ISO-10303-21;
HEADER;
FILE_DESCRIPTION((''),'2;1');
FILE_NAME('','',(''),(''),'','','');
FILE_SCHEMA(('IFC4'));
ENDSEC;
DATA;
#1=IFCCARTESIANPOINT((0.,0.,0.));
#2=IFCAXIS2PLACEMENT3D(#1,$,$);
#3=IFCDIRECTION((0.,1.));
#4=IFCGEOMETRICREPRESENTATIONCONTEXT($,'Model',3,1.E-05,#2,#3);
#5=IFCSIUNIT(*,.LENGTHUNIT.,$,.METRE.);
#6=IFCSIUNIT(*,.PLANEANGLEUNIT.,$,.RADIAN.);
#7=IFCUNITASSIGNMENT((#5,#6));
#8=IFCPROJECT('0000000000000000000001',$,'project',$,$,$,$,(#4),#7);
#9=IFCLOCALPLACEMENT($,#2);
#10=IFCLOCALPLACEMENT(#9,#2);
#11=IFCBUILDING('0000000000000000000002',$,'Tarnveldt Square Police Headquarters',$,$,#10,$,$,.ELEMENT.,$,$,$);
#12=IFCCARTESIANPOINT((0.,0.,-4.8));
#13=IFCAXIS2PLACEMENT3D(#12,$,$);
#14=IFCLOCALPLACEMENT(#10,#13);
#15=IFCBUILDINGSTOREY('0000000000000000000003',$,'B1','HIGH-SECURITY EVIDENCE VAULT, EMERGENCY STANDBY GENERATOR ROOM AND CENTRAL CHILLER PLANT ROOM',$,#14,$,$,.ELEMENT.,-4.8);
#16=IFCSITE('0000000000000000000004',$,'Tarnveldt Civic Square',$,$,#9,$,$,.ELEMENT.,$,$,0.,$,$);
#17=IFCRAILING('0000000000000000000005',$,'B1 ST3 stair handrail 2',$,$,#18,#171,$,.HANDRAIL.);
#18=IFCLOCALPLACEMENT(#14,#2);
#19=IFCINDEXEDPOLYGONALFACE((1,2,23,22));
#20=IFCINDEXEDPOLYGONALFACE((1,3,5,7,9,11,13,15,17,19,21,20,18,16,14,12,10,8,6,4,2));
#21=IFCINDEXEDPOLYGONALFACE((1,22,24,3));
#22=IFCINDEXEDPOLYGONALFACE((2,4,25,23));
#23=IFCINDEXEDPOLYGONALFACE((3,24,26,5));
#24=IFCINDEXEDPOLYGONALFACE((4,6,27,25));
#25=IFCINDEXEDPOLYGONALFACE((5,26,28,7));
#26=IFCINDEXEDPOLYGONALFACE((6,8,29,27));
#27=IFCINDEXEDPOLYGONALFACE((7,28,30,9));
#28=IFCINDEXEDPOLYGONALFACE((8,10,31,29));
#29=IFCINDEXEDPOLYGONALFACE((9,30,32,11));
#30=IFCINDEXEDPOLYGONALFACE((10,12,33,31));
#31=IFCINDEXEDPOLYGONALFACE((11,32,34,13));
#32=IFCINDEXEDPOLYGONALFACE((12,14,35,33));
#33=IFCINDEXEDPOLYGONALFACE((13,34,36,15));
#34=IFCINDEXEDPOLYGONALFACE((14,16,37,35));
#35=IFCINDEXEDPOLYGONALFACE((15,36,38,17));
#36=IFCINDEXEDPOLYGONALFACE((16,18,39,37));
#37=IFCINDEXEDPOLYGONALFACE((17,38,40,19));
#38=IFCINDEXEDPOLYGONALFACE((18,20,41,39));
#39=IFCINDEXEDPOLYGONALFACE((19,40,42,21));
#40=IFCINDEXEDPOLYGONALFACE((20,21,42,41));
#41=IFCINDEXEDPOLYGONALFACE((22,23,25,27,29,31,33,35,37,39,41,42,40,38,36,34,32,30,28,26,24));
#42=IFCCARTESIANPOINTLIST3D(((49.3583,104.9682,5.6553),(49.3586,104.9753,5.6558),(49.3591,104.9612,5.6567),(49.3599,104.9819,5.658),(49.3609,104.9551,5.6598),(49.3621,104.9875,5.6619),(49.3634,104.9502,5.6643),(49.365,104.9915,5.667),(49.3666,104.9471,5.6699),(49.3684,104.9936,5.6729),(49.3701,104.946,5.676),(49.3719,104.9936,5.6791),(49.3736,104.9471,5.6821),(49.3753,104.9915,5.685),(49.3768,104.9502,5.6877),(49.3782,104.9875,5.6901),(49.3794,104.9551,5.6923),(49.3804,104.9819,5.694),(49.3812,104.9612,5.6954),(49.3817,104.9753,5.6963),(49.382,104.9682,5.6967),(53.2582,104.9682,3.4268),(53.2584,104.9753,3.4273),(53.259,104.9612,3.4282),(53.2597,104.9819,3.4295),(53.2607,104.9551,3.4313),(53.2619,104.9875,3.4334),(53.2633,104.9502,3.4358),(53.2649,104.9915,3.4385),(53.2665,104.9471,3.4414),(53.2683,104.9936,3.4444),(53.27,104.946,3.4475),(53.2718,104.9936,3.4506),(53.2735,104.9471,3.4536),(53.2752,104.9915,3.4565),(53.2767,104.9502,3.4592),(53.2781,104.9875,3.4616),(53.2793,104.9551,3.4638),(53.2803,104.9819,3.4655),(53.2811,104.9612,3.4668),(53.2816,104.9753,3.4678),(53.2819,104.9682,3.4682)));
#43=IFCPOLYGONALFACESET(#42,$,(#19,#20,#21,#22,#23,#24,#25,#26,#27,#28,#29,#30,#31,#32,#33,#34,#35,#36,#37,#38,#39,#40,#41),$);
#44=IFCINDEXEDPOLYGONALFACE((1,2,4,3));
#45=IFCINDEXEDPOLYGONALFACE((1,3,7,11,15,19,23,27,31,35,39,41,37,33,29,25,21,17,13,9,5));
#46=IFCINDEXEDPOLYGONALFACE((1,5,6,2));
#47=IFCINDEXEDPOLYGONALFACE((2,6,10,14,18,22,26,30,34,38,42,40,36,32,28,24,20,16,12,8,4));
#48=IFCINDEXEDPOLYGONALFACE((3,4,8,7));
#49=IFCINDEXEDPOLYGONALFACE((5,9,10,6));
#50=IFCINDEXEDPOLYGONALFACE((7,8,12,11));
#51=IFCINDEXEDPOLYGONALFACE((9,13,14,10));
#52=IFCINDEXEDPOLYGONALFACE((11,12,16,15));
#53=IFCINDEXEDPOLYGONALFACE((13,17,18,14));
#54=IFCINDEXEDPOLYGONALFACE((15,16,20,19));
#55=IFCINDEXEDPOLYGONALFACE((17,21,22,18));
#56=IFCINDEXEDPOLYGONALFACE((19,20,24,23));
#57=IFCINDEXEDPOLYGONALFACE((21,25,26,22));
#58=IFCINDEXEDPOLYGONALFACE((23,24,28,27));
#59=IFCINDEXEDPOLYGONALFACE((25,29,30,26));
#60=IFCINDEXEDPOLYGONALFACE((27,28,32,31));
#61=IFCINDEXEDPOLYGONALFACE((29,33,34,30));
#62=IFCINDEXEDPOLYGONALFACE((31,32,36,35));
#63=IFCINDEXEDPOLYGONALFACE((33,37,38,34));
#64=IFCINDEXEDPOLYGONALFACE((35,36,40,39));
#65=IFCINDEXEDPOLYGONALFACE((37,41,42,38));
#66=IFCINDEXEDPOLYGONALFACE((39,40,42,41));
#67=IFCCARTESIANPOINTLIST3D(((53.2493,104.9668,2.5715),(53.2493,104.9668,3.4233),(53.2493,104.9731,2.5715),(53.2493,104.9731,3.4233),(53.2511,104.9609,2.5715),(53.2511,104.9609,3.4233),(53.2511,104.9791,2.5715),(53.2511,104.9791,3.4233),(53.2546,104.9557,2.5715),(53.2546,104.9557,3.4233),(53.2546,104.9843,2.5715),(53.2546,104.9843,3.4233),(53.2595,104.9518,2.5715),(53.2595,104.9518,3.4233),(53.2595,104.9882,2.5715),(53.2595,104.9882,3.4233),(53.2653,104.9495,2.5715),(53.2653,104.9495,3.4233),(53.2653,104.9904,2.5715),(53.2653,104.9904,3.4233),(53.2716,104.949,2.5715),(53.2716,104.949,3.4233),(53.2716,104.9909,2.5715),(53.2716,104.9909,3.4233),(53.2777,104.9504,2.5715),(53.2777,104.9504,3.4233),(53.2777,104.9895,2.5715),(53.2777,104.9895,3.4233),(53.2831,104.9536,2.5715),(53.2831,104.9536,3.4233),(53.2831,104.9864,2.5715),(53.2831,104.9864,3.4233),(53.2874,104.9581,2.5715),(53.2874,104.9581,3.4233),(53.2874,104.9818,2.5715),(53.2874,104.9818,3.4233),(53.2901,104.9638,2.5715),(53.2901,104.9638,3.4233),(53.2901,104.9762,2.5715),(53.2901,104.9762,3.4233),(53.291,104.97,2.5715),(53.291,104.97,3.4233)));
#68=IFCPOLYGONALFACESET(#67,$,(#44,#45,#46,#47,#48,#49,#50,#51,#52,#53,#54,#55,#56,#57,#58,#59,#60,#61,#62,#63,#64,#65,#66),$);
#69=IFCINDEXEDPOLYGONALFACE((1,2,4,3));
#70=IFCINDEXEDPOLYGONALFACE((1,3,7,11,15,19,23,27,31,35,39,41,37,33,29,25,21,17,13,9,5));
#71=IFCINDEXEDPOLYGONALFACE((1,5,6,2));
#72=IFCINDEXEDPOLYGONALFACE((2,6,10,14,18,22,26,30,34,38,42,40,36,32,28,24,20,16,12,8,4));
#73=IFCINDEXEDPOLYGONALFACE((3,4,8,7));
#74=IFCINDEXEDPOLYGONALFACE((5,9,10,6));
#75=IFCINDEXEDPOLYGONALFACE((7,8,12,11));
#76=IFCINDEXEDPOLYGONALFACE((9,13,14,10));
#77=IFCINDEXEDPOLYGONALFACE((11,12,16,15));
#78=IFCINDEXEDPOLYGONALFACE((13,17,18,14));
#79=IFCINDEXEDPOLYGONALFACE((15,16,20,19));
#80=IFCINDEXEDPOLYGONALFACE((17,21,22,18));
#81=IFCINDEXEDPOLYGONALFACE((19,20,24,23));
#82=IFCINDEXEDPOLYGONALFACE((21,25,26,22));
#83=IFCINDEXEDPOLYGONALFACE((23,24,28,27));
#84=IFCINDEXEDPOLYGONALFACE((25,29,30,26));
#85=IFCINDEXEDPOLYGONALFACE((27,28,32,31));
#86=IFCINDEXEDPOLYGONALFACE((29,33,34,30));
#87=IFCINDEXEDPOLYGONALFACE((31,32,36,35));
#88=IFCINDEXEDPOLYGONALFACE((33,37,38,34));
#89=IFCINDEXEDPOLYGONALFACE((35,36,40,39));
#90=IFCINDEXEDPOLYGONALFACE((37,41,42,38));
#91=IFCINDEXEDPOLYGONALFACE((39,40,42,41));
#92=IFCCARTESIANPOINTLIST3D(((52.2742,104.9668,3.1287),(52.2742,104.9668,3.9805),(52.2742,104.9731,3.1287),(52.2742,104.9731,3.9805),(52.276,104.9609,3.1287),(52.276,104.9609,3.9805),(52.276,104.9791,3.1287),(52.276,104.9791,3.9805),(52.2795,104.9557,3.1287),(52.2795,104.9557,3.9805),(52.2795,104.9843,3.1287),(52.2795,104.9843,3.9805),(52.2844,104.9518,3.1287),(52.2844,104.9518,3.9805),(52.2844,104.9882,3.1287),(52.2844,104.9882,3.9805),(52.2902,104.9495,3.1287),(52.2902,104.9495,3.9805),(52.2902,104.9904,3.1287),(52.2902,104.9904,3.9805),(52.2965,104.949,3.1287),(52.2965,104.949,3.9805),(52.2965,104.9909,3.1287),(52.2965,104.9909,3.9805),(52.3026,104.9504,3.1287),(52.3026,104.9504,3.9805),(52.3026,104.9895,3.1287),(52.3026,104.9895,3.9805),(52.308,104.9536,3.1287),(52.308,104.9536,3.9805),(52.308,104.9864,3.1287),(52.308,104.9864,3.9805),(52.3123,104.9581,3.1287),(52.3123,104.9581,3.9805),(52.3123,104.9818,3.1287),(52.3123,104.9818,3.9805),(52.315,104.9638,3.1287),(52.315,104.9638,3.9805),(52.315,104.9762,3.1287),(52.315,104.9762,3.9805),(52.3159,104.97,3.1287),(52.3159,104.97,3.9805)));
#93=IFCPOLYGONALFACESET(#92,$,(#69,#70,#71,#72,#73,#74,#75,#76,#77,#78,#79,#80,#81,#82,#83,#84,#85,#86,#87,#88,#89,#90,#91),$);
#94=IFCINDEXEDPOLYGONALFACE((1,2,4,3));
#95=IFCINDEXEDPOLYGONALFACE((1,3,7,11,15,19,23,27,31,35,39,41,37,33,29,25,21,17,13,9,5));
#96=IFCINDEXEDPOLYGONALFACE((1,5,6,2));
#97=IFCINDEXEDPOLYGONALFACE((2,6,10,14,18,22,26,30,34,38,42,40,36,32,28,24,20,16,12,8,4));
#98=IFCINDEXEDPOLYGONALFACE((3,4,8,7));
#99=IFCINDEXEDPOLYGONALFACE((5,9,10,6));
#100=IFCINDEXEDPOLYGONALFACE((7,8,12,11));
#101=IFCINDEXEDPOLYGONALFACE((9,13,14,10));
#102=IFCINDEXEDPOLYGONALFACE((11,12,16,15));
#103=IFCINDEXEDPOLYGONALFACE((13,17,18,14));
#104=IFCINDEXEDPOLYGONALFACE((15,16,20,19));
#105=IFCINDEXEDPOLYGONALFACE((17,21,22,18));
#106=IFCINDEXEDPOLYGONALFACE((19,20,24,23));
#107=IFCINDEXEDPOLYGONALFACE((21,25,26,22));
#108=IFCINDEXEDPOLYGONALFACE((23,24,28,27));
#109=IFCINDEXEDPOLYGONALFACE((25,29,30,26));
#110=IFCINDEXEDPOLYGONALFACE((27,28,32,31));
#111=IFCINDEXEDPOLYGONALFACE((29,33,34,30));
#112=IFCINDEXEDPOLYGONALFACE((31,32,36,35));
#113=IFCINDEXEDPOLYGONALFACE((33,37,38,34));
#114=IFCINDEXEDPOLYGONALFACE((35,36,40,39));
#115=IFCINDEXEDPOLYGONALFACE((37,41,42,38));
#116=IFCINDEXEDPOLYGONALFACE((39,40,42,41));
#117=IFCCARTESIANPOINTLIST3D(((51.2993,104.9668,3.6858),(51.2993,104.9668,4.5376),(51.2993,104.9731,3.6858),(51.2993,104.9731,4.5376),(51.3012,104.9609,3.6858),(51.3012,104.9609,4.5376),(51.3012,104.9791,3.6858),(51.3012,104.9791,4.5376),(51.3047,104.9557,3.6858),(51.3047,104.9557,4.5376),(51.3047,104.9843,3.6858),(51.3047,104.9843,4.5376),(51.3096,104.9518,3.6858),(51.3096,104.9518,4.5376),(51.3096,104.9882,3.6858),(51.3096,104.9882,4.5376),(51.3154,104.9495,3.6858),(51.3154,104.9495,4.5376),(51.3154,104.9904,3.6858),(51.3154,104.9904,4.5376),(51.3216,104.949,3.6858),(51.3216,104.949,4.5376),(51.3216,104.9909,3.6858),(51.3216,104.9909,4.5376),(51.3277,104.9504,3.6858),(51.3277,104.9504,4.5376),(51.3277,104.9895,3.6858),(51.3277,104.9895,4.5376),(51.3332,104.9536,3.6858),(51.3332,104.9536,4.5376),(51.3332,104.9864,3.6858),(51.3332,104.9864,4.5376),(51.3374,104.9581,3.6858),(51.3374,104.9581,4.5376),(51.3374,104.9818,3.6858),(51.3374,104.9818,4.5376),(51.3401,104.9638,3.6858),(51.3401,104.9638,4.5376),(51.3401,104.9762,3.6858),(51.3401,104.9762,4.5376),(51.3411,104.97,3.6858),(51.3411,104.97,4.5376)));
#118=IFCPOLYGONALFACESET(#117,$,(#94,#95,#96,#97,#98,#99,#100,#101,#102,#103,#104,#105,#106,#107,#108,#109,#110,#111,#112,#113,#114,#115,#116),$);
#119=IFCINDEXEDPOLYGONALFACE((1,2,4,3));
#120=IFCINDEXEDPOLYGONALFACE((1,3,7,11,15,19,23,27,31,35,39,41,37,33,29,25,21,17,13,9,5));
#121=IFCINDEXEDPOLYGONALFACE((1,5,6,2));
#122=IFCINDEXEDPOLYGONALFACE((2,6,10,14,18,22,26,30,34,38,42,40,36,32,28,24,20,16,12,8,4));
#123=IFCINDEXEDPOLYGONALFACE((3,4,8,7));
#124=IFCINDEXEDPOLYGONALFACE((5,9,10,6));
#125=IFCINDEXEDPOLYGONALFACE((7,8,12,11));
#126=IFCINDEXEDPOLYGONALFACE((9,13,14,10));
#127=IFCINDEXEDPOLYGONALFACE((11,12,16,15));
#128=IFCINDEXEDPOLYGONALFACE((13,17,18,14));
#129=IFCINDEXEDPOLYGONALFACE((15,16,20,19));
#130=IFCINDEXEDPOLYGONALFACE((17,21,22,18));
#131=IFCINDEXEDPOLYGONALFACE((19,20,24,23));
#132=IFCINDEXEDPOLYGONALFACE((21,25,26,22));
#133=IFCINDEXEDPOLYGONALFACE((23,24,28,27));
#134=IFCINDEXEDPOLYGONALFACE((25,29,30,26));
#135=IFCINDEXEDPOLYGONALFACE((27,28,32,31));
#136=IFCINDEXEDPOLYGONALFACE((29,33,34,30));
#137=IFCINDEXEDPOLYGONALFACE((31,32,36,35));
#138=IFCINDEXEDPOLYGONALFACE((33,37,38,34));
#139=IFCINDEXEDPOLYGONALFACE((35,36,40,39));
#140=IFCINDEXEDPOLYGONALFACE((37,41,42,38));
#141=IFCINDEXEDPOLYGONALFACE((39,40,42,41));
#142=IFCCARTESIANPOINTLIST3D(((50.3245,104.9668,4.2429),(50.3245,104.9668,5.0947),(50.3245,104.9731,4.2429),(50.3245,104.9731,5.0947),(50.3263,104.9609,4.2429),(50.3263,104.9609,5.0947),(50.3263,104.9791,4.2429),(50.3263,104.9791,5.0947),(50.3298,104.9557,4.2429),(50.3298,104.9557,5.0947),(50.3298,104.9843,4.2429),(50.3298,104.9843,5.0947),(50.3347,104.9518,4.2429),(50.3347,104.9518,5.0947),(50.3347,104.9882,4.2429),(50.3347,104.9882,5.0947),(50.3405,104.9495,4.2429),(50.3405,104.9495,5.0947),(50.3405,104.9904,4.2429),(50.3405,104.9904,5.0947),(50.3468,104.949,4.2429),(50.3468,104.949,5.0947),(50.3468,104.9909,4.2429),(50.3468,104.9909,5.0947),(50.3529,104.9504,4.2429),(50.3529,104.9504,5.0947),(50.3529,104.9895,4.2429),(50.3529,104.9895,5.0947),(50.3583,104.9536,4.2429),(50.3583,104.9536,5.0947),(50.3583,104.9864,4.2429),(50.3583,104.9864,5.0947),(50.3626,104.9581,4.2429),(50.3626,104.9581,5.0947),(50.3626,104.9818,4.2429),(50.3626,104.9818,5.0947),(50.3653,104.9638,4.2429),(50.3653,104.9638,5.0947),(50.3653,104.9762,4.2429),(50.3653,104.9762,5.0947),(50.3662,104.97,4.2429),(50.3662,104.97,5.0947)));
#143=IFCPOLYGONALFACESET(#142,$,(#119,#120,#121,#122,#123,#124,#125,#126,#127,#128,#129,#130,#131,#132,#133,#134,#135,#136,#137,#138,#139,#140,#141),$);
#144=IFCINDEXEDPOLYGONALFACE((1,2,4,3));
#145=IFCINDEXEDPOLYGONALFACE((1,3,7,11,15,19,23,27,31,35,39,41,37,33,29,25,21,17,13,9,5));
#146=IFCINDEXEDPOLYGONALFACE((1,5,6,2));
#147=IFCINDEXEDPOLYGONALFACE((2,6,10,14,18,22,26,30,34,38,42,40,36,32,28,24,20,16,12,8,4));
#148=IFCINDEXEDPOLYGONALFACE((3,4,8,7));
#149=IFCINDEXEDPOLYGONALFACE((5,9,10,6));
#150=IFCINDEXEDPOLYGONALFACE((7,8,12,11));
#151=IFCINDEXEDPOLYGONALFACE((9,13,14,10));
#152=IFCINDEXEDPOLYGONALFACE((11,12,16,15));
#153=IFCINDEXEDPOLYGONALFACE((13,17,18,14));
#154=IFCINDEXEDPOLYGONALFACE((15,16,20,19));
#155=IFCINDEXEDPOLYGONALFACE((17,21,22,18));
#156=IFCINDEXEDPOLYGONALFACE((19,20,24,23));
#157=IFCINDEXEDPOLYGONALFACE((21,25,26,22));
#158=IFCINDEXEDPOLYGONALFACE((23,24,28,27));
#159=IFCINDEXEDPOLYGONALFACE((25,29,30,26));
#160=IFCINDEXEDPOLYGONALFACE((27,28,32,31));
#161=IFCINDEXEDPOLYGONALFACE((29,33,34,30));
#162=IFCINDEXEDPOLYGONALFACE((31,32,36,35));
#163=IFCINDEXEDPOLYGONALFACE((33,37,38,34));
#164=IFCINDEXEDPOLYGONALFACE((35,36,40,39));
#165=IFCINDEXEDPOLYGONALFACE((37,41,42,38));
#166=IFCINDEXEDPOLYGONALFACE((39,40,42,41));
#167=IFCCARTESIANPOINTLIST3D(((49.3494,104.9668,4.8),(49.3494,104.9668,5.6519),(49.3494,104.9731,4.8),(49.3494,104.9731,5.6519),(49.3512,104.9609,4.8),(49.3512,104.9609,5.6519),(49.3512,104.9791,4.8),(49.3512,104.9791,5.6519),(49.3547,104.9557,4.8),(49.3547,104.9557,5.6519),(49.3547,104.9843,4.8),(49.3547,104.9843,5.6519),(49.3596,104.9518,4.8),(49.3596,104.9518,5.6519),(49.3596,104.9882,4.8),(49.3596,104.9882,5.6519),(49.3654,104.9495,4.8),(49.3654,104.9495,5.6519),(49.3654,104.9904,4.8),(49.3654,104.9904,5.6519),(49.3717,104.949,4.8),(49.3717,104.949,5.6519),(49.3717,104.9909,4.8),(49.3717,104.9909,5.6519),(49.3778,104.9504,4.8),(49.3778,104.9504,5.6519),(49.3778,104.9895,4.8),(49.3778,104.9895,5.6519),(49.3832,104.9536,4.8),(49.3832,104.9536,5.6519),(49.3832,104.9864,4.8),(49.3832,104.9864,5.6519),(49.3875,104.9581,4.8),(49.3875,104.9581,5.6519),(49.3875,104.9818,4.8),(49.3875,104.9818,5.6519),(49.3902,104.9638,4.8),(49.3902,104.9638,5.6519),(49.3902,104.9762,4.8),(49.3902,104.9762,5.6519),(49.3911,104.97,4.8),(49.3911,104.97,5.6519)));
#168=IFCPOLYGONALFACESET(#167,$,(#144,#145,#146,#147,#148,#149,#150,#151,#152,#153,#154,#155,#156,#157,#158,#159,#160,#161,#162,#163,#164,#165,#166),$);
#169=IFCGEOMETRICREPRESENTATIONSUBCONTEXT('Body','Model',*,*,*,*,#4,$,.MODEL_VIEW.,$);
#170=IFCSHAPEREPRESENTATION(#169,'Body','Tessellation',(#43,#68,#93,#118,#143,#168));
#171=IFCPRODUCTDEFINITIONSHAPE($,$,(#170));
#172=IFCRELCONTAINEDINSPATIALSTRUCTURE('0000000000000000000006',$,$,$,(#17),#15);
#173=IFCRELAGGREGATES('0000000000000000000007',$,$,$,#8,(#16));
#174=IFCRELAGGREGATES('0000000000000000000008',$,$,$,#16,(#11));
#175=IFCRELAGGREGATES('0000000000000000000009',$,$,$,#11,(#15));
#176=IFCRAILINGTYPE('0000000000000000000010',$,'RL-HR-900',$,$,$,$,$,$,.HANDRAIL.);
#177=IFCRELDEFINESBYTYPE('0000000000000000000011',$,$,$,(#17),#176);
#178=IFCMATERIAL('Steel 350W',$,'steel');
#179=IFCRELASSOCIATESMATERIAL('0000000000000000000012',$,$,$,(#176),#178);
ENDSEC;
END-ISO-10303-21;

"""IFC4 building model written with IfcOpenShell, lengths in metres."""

from ifc_helpers import new_model, si_unit, direction, frame, origin, origin_2d, place, context, subcontext, project, spatial, circle, extrude, material, type_object, element, save


model = new_model("IFC4")

# Units and contexts
model_context = context("Model", 3, precision=1e-05, world=origin(), true_north=direction((0.0, 1.0)))
body_context = subcontext(model_context, "Body", "Model", "MODEL_VIEW")
ifc_project = project(units=[si_unit("LENGTHUNIT", "METRE"), si_unit("PLANEANGLEUNIT", "RADIAN")], contexts=[model_context])

# Site, building, storey
site_placement = place(None, origin())
site = spatial("IfcSite", under=ifc_project, at=site_placement, Name="Tarnveldt Civic Square", CompositionType="ELEMENT", RefElevation=0.0)
building_placement = place(site_placement, origin())
building = spatial("IfcBuilding", under=site, at=building_placement, Name="Tarnveldt Square Police Headquarters", CompositionType="ELEMENT")
storey_placement = place(building_placement, frame((0.0, 0.0, -4.8)))
storey = spatial("IfcBuildingStorey", under=building, at=storey_placement, Name="B1", Description="HIGH-SECURITY EVIDENCE VAULT, EMERGENCY STANDBY GENERATOR ROOM AND CENTRAL CHILLER PLANT ROOM", CompositionType="ELEMENT", Elevation=-4.8)

# Railing
ifc_material_1 = material(Name="Steel 350W", Category="steel")
railing_type_1 = type_object("IfcRailingType", Name="RL-HR-900", PredefinedType="HANDRAIL", material=ifc_material_1)
railing_1_placement = place(storey_placement, frame((53.27, 104.97, 2.5715)))
element("IfcRailing", 1, at=railing_1_placement, inside=storey, type_object=railing_type_1, Name="B1 ST3 stair handrail 2", PredefinedType="HANDRAIL", context=body_context, shape_type="SweptSolid", body=[
    extrude(circle(Radius=0.0239, at=origin_2d()), frame((0.0, 0.0, 0.876), z_axis=(-0.868243, 0.0, 0.496139), x_axis=(0.0, -1.0, 0.0)), (0.0, 0.0, 1.0), 4.4917),
    extrude(circle(Radius=0.021, at=origin_2d()), origin(), (0.0, 0.0, 1.0), 0.8518),
    extrude(circle(Radius=0.021, at=origin_2d()), frame((-0.9751, 0.0, 0.5571)), (0.0, 0.0, 1.0), 0.8518),
    extrude(circle(Radius=0.021, at=origin_2d()), frame((-1.95, 0.0, 1.1143)), (0.0, 0.0, 1.0), 0.8518),
    extrude(circle(Radius=0.021, at=origin_2d()), frame((-2.9248, 0.0, 1.6714)), (0.0, 0.0, 1.0), 0.8518),
    extrude(circle(Radius=0.021, at=origin_2d()), frame((-3.8999, 0.0, 2.2285)), (0.0, 0.0, 1.0), 0.8518),
])

save(model, "model.ifc")
